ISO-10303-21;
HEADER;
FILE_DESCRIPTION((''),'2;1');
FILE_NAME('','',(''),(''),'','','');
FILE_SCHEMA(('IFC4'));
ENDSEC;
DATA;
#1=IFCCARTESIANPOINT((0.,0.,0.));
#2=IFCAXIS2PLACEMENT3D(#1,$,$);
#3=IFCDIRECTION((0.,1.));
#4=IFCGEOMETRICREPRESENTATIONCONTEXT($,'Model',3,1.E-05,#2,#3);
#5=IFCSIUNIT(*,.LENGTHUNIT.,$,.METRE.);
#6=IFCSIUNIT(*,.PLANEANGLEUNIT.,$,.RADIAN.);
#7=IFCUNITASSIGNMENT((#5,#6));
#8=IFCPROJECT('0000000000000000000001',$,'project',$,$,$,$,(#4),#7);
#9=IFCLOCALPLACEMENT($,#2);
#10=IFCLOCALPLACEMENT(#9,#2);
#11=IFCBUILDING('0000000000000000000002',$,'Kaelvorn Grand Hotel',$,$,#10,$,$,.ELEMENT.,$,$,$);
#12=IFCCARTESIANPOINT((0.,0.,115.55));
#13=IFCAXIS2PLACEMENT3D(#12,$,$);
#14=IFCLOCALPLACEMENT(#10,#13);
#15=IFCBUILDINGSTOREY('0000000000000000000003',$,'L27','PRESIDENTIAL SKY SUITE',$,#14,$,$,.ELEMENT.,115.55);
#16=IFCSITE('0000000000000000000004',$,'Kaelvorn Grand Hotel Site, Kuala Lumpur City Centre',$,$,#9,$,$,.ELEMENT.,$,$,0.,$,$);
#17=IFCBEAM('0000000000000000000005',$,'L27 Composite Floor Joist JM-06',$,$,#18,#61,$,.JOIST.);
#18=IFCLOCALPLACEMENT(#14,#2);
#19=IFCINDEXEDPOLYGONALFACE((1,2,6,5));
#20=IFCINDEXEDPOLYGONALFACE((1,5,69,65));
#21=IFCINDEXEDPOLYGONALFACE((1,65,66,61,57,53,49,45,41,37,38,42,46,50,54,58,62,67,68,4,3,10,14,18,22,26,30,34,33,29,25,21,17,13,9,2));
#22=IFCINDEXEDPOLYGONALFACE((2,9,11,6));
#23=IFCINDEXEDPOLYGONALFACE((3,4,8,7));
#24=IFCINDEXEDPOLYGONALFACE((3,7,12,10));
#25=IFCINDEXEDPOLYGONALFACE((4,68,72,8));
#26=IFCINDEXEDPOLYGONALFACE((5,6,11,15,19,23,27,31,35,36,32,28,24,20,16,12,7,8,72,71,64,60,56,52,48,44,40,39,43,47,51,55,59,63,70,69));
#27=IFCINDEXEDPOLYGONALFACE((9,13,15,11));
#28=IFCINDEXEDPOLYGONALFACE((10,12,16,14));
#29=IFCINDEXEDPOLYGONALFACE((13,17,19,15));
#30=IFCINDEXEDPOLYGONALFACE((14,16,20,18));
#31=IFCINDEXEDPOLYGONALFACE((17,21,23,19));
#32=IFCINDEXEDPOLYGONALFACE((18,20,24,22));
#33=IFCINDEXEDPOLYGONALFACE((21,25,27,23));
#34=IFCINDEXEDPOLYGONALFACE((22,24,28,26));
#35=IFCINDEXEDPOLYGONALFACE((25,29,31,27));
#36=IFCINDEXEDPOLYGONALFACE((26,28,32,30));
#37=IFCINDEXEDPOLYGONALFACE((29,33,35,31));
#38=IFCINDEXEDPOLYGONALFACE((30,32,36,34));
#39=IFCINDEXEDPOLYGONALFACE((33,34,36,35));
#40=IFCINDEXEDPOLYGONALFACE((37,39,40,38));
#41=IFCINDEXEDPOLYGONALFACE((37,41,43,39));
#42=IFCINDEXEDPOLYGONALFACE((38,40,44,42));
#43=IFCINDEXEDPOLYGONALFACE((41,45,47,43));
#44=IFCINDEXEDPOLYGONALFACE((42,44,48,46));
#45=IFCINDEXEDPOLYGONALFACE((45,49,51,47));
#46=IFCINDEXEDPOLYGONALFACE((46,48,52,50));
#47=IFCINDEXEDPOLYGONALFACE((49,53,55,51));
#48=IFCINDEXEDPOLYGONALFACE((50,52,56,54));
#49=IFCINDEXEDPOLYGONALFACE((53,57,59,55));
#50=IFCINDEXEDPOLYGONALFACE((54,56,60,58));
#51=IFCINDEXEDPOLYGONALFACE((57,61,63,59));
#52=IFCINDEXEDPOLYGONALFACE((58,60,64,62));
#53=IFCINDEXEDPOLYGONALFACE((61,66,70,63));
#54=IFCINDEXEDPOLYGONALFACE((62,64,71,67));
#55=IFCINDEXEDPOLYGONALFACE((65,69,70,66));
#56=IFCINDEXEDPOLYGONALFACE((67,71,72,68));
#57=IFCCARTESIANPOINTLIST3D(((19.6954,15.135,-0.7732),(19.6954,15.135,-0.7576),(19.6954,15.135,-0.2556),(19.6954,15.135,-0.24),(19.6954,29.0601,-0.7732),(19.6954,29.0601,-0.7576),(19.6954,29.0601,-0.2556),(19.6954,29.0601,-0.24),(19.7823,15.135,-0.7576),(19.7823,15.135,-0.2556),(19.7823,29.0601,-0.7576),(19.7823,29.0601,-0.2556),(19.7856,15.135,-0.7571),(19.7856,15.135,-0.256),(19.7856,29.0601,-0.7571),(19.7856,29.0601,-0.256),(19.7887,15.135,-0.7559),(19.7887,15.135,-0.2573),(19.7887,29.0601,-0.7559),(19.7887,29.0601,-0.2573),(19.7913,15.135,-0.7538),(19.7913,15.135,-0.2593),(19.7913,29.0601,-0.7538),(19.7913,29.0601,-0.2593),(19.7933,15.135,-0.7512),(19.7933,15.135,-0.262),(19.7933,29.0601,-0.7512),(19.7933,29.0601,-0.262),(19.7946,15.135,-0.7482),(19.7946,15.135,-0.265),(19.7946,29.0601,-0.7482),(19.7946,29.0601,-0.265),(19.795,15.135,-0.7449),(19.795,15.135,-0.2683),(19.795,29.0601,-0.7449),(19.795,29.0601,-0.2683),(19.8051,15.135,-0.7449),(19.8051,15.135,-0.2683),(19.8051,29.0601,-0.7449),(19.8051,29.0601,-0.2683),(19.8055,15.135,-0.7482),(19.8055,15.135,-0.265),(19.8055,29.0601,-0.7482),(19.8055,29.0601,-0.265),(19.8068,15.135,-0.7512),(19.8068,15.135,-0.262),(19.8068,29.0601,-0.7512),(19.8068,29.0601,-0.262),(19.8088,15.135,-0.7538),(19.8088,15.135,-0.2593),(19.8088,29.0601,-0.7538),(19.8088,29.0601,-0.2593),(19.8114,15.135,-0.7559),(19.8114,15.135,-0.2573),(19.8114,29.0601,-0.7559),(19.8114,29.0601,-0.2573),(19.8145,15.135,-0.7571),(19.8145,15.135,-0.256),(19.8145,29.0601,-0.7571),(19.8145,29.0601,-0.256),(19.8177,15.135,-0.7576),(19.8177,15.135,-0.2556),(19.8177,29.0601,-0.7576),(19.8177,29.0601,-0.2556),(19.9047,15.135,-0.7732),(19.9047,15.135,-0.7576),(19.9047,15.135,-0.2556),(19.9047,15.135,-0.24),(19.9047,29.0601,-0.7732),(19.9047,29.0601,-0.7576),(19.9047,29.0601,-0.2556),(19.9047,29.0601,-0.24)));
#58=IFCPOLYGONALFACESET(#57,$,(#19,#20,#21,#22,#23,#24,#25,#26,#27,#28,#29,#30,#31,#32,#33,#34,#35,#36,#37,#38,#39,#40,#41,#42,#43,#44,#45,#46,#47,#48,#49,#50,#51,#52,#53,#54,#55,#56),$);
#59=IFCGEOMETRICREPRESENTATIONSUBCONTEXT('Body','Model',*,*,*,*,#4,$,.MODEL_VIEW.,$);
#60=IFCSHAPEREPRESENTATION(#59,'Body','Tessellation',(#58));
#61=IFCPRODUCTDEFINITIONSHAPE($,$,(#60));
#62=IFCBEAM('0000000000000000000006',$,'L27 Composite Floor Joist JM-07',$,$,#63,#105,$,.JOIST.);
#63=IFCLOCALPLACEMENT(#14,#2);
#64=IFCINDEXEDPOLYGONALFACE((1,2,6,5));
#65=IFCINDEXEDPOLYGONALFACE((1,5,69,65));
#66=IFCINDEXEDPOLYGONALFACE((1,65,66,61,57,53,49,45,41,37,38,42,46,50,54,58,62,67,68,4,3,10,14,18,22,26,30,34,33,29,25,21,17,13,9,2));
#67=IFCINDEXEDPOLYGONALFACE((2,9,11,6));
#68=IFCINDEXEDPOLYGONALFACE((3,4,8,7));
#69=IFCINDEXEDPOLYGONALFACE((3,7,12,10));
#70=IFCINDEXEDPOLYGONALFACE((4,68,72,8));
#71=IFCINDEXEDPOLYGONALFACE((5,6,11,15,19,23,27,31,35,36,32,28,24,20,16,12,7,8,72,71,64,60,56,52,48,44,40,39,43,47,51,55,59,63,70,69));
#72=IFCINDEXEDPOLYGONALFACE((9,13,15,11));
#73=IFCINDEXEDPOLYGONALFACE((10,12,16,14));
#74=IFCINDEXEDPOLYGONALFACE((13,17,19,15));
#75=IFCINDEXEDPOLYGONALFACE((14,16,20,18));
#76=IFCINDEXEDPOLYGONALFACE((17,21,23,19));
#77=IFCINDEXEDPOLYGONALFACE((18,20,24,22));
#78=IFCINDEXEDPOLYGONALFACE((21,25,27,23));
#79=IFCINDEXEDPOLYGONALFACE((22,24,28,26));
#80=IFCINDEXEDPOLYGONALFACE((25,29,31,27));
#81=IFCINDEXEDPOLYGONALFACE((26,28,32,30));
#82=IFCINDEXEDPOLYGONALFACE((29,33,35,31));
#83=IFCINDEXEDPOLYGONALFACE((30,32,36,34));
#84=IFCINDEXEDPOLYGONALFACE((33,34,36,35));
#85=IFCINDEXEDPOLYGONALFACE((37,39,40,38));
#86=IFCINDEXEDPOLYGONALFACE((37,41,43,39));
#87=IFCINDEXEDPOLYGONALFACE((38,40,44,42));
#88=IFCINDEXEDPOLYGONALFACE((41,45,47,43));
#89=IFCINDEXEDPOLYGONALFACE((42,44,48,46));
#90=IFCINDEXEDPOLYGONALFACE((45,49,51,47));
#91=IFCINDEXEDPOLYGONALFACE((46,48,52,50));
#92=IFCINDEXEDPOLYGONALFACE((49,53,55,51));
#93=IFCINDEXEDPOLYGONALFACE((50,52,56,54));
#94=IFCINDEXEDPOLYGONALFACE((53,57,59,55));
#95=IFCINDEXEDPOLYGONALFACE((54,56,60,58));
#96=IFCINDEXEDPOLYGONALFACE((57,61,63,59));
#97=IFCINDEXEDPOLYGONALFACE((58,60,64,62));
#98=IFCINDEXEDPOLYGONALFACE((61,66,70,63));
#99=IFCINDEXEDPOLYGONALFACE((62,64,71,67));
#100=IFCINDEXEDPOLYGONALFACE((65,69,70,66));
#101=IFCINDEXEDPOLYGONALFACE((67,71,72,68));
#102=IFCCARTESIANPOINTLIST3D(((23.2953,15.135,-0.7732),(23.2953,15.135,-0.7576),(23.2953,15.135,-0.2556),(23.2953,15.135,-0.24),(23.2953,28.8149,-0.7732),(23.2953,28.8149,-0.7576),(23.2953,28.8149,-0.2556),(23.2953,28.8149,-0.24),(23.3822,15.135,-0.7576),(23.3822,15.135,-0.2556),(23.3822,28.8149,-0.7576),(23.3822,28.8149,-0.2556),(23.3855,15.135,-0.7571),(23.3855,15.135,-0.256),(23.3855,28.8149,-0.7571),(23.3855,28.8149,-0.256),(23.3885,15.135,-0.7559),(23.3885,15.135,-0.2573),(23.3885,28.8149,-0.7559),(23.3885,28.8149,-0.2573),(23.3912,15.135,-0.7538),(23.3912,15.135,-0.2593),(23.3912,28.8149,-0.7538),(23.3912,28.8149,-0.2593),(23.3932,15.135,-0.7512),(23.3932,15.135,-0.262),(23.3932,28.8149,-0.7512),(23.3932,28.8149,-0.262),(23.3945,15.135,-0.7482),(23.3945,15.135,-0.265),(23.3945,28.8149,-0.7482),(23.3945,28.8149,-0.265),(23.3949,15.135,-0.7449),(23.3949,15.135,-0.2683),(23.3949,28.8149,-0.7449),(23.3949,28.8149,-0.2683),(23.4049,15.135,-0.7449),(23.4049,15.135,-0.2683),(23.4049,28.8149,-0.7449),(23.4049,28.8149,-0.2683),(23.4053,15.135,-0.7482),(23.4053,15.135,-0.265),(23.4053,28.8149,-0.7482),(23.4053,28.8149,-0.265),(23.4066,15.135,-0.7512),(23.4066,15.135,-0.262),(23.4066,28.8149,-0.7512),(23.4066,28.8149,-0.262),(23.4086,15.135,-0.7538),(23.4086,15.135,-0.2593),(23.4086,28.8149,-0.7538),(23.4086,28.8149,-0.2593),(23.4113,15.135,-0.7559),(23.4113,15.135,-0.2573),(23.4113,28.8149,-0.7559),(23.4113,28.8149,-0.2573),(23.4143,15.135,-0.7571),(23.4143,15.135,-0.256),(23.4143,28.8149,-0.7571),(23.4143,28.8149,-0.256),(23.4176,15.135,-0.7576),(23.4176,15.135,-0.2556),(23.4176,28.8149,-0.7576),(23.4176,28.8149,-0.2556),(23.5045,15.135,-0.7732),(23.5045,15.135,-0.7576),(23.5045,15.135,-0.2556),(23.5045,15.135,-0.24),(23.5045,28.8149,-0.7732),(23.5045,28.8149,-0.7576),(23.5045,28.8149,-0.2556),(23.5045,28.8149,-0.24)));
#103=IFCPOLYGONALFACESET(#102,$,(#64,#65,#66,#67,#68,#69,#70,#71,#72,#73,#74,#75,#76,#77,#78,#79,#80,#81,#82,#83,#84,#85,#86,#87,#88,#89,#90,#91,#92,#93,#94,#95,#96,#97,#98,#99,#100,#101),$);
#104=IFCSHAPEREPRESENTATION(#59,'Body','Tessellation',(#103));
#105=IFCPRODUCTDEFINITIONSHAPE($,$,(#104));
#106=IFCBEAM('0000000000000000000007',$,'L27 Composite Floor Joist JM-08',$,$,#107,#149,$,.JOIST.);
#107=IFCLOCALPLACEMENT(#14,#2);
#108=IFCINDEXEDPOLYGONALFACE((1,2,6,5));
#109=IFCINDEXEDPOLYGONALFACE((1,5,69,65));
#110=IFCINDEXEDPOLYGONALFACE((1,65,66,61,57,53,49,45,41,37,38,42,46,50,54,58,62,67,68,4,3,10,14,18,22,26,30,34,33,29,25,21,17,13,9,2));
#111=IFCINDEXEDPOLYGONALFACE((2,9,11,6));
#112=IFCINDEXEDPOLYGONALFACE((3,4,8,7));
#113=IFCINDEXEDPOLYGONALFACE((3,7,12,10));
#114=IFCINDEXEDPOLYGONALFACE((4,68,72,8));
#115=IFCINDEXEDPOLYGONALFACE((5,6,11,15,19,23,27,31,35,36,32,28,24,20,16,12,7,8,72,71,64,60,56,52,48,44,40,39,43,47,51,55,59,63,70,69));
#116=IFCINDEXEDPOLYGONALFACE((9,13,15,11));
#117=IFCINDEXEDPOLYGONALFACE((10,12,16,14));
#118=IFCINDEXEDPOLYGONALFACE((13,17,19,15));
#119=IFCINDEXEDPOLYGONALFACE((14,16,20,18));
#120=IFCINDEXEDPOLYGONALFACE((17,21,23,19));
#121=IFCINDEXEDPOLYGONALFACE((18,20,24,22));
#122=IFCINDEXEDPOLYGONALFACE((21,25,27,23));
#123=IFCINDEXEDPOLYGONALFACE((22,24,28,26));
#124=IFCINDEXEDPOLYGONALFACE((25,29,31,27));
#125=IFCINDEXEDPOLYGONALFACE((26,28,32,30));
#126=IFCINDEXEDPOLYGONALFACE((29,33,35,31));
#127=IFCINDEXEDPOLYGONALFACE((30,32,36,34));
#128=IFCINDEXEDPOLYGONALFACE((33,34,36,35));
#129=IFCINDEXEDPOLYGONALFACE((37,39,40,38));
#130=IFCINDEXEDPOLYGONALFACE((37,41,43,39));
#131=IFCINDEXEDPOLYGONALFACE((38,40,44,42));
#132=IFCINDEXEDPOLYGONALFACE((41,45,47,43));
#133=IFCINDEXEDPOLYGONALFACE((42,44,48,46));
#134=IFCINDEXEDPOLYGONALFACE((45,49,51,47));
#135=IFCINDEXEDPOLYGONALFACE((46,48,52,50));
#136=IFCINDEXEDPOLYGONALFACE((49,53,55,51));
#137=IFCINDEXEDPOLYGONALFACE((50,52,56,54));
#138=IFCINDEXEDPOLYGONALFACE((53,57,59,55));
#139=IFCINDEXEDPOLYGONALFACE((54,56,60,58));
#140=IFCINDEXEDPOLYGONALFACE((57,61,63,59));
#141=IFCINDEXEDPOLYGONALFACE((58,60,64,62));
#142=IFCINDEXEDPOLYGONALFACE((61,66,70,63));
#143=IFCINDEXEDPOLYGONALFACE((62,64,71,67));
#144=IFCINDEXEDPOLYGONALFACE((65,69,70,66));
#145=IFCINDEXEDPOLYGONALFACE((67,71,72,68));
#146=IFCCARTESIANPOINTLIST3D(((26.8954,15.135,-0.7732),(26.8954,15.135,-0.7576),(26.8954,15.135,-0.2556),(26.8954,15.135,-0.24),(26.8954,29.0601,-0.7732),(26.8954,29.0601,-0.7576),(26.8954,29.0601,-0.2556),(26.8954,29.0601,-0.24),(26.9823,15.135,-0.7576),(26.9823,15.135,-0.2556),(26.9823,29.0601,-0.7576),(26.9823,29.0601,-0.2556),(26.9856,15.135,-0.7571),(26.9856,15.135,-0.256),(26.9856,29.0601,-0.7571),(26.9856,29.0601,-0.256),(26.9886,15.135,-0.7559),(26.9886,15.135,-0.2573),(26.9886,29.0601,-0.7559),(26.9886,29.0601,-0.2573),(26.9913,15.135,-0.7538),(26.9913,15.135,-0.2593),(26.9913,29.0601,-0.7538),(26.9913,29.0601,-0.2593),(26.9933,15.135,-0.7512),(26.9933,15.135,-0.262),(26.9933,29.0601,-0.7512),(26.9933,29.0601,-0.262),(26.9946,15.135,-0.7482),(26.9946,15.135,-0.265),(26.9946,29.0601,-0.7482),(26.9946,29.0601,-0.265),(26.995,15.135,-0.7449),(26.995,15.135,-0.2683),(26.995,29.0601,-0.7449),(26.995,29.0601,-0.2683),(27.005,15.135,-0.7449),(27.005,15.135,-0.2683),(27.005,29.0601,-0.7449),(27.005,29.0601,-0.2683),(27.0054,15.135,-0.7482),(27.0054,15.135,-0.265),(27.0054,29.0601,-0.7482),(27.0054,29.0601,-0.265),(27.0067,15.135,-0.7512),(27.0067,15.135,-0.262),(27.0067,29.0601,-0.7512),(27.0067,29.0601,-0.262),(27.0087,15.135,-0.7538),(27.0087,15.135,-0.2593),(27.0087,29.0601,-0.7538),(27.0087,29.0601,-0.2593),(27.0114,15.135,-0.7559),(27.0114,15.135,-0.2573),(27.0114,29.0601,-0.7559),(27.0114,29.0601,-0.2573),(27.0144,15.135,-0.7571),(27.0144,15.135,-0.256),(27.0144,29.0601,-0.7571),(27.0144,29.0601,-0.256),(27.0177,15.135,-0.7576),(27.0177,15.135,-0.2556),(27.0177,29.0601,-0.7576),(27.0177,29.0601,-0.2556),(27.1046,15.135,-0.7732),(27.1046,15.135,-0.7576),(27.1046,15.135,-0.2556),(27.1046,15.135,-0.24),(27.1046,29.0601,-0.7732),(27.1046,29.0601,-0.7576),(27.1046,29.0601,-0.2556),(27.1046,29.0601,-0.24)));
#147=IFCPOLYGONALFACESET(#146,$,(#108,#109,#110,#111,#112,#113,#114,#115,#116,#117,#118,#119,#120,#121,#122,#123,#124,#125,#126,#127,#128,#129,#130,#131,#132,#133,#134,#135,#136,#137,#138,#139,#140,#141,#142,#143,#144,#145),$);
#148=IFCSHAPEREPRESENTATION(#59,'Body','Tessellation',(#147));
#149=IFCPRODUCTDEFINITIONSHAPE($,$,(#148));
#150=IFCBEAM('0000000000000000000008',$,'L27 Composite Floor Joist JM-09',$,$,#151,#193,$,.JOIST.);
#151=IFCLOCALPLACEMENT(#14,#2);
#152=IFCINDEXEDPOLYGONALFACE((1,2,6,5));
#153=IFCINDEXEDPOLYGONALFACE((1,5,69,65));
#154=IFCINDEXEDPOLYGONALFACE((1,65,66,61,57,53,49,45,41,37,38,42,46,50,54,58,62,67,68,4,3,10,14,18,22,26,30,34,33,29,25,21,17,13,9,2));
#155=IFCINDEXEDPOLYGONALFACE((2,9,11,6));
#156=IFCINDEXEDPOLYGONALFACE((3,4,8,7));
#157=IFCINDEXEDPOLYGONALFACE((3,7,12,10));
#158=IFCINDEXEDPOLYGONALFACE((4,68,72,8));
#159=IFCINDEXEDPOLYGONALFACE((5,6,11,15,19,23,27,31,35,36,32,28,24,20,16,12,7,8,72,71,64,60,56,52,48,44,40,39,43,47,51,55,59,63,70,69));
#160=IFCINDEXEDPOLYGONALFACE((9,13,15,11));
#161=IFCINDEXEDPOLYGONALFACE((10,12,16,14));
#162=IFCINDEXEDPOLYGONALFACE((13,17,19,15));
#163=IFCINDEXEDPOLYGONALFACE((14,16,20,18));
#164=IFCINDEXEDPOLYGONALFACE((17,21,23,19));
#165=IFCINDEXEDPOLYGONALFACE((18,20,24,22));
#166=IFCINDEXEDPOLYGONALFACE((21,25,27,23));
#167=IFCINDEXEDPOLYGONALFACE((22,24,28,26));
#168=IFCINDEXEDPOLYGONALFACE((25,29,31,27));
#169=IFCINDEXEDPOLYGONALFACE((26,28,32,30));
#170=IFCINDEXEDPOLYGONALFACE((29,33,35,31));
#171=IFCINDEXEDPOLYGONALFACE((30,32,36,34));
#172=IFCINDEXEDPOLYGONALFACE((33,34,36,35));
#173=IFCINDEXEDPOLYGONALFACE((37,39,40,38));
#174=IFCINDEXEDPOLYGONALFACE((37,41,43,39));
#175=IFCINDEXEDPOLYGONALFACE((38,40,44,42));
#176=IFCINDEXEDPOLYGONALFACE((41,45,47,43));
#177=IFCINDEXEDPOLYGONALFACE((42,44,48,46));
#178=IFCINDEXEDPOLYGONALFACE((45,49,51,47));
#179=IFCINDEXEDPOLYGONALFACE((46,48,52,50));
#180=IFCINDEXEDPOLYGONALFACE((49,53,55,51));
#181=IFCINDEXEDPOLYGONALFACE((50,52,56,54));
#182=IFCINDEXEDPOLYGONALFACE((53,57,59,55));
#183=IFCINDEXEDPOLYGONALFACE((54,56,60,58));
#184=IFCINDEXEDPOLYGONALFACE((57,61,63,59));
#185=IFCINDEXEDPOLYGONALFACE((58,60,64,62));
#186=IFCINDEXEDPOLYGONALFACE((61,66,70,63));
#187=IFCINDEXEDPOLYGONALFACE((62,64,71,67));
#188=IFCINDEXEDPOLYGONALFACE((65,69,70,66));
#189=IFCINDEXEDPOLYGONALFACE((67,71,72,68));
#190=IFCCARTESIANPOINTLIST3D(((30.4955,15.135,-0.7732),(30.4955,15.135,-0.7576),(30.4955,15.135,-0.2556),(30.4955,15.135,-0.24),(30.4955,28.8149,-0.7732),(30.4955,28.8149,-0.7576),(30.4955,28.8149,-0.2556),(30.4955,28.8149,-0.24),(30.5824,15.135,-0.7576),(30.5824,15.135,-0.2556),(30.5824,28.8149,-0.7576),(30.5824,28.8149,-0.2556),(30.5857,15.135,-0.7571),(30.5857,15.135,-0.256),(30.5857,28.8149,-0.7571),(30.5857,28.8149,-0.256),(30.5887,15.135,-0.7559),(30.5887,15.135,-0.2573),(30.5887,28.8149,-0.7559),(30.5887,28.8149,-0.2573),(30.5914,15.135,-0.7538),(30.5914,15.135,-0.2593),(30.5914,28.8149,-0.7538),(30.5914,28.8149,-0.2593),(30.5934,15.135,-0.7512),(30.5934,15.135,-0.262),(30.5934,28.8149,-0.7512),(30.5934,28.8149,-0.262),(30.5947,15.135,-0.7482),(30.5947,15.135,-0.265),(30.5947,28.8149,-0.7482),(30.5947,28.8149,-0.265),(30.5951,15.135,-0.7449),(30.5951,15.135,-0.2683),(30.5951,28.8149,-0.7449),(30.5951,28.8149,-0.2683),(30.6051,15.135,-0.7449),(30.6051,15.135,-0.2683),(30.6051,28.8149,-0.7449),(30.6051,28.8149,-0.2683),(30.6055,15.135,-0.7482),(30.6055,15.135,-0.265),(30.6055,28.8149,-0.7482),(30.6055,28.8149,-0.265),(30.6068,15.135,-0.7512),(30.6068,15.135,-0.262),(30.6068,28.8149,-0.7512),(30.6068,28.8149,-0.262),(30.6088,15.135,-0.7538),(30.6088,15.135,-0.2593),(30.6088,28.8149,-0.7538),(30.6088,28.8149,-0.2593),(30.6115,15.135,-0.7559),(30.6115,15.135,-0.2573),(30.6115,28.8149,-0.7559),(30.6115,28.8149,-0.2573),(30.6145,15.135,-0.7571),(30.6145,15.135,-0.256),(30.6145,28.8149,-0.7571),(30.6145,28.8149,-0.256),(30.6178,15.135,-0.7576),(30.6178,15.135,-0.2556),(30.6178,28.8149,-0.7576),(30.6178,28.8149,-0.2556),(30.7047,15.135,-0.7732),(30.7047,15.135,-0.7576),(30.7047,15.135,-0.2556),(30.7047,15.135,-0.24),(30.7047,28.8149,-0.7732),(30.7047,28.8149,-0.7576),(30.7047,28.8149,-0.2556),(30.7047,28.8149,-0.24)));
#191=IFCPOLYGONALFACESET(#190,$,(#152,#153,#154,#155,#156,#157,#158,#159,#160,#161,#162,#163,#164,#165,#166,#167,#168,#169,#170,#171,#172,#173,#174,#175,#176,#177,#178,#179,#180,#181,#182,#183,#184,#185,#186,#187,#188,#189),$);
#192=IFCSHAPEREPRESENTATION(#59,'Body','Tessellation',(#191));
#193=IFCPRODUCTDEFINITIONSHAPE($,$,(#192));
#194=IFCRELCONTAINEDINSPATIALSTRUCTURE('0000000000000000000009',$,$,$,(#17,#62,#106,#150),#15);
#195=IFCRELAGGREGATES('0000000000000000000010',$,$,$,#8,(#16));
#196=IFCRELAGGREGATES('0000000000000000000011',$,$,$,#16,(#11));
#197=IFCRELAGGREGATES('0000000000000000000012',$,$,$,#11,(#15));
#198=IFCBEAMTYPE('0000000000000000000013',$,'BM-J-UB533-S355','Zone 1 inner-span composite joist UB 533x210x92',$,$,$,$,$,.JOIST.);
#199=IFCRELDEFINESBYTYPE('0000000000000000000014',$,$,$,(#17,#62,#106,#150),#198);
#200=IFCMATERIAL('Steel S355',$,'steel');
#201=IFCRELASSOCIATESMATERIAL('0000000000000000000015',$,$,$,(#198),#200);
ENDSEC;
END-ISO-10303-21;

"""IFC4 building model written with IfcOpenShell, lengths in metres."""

from ifc_helpers import new_model, si_unit, direction, frame, origin, origin_2d, place, context, subcontext, project, spatial, i_section, extrude, material, material_profile, profile_set, type_object, element, save


model = new_model("IFC4")

# Units and contexts
model_context = context("Model", 3, precision=1e-05, world=origin(), true_north=direction((0.0, 1.0)))
body_context = subcontext(model_context, "Body", "Model", "MODEL_VIEW")
ifc_project = project(units=[si_unit("LENGTHUNIT", "METRE"), si_unit("PLANEANGLEUNIT", "RADIAN")], contexts=[model_context])

# Site, building, storey
site_placement = place(None, origin())
site = spatial("IfcSite", under=ifc_project, at=site_placement, Name="Kaelvorn Grand Hotel Site, Kuala Lumpur City Centre", CompositionType="ELEMENT", RefElevation=0.0)
building_placement = place(site_placement, origin())
building = spatial("IfcBuilding", under=site, at=building_placement, Name="Kaelvorn Grand Hotel", CompositionType="ELEMENT")
storey_placement = place(building_placement, frame((0.0, 0.0, 115.55)))
storey = spatial("IfcBuildingStorey", under=building, at=storey_placement, Name="L27", Description="PRESIDENTIAL SKY SUITE", CompositionType="ELEMENT", Elevation=115.55)

# Beams
ifc_material_1 = material(Name="Steel S355", Category="steel")
ifc_material_profile_1 = material_profile(ifc_material_1, i_section(OverallWidth=0.2092, OverallDepth=0.5332, WebThickness=0.01, FlangeThickness=0.0156, FilletRadius=0.0127, at=origin_2d()), Name="UB 533x210x92")
ifc_profile_set_1 = profile_set([ifc_material_profile_1], Name="Steel S355")
beam_type_1 = type_object("IfcBeamType", Name="BM-J-UB533-S355", Description="Zone 1 inner-span composite joist UB 533x210x92", PredefinedType="JOIST", material=ifc_profile_set_1)
beam_1_placement = place(storey_placement, frame((19.8, 15.135, -0.5066), z_axis=(0.0, 1.0, 0.0), x_axis=(-1.0, 0.0, 0.0)))
element("IfcBeam", 1, at=beam_1_placement, inside=storey, type_object=beam_type_1, Name="L27 Composite Floor Joist JM-06", PredefinedType="JOIST", context=body_context, shape_type="SweptSolid", body=[
    extrude(i_section(OverallWidth=0.2092, OverallDepth=0.5332, WebThickness=0.01, FlangeThickness=0.0156, FilletRadius=0.0127, at=origin_2d()), origin(), (0.0, 0.0, 1.0), 13.925),
])
beam_2_placement = place(storey_placement, frame((23.3999, 15.135, -0.5066), z_axis=(0.0, 1.0, 0.0), x_axis=(-1.0, 0.0, 0.0)))
element("IfcBeam", 2, at=beam_2_placement, inside=storey, type_object=beam_type_1, Name="L27 Composite Floor Joist JM-07", PredefinedType="JOIST", context=body_context, shape_type="SweptSolid", body=[
    extrude(i_section(OverallWidth=0.2092, OverallDepth=0.5332, WebThickness=0.01, FlangeThickness=0.0156, FilletRadius=0.0127, at=origin_2d()), origin(), (0.0, 0.0, 1.0), 13.6799),
])
beam_3_placement = place(storey_placement, frame((27.0, 15.135, -0.5066), z_axis=(0.0, 1.0, 0.0), x_axis=(-1.0, 0.0, 0.0)))
element("IfcBeam", 3, at=beam_3_placement, inside=storey, type_object=beam_type_1, Name="L27 Composite Floor Joist JM-08", PredefinedType="JOIST", context=body_context, shape_type="SweptSolid", body=[
    extrude(i_section(OverallWidth=0.2092, OverallDepth=0.5332, WebThickness=0.01, FlangeThickness=0.0156, FilletRadius=0.0127, at=origin_2d()), origin(), (0.0, 0.0, 1.0), 13.925),
])
beam_4_placement = place(storey_placement, frame((30.6001, 15.135, -0.5066), z_axis=(0.0, 1.0, 0.0), x_axis=(-1.0, 0.0, 0.0)))
element("IfcBeam", 4, at=beam_4_placement, inside=storey, type_object=beam_type_1, Name="L27 Composite Floor Joist JM-09", PredefinedType="JOIST", context=body_context, shape_type="SweptSolid", body=[
    extrude(i_section(OverallWidth=0.2092, OverallDepth=0.5332, WebThickness=0.01, FlangeThickness=0.0156, FilletRadius=0.0127, at=origin_2d()), origin(), (0.0, 0.0, 1.0), 13.6799),
])

save(model, "model.ifc")
